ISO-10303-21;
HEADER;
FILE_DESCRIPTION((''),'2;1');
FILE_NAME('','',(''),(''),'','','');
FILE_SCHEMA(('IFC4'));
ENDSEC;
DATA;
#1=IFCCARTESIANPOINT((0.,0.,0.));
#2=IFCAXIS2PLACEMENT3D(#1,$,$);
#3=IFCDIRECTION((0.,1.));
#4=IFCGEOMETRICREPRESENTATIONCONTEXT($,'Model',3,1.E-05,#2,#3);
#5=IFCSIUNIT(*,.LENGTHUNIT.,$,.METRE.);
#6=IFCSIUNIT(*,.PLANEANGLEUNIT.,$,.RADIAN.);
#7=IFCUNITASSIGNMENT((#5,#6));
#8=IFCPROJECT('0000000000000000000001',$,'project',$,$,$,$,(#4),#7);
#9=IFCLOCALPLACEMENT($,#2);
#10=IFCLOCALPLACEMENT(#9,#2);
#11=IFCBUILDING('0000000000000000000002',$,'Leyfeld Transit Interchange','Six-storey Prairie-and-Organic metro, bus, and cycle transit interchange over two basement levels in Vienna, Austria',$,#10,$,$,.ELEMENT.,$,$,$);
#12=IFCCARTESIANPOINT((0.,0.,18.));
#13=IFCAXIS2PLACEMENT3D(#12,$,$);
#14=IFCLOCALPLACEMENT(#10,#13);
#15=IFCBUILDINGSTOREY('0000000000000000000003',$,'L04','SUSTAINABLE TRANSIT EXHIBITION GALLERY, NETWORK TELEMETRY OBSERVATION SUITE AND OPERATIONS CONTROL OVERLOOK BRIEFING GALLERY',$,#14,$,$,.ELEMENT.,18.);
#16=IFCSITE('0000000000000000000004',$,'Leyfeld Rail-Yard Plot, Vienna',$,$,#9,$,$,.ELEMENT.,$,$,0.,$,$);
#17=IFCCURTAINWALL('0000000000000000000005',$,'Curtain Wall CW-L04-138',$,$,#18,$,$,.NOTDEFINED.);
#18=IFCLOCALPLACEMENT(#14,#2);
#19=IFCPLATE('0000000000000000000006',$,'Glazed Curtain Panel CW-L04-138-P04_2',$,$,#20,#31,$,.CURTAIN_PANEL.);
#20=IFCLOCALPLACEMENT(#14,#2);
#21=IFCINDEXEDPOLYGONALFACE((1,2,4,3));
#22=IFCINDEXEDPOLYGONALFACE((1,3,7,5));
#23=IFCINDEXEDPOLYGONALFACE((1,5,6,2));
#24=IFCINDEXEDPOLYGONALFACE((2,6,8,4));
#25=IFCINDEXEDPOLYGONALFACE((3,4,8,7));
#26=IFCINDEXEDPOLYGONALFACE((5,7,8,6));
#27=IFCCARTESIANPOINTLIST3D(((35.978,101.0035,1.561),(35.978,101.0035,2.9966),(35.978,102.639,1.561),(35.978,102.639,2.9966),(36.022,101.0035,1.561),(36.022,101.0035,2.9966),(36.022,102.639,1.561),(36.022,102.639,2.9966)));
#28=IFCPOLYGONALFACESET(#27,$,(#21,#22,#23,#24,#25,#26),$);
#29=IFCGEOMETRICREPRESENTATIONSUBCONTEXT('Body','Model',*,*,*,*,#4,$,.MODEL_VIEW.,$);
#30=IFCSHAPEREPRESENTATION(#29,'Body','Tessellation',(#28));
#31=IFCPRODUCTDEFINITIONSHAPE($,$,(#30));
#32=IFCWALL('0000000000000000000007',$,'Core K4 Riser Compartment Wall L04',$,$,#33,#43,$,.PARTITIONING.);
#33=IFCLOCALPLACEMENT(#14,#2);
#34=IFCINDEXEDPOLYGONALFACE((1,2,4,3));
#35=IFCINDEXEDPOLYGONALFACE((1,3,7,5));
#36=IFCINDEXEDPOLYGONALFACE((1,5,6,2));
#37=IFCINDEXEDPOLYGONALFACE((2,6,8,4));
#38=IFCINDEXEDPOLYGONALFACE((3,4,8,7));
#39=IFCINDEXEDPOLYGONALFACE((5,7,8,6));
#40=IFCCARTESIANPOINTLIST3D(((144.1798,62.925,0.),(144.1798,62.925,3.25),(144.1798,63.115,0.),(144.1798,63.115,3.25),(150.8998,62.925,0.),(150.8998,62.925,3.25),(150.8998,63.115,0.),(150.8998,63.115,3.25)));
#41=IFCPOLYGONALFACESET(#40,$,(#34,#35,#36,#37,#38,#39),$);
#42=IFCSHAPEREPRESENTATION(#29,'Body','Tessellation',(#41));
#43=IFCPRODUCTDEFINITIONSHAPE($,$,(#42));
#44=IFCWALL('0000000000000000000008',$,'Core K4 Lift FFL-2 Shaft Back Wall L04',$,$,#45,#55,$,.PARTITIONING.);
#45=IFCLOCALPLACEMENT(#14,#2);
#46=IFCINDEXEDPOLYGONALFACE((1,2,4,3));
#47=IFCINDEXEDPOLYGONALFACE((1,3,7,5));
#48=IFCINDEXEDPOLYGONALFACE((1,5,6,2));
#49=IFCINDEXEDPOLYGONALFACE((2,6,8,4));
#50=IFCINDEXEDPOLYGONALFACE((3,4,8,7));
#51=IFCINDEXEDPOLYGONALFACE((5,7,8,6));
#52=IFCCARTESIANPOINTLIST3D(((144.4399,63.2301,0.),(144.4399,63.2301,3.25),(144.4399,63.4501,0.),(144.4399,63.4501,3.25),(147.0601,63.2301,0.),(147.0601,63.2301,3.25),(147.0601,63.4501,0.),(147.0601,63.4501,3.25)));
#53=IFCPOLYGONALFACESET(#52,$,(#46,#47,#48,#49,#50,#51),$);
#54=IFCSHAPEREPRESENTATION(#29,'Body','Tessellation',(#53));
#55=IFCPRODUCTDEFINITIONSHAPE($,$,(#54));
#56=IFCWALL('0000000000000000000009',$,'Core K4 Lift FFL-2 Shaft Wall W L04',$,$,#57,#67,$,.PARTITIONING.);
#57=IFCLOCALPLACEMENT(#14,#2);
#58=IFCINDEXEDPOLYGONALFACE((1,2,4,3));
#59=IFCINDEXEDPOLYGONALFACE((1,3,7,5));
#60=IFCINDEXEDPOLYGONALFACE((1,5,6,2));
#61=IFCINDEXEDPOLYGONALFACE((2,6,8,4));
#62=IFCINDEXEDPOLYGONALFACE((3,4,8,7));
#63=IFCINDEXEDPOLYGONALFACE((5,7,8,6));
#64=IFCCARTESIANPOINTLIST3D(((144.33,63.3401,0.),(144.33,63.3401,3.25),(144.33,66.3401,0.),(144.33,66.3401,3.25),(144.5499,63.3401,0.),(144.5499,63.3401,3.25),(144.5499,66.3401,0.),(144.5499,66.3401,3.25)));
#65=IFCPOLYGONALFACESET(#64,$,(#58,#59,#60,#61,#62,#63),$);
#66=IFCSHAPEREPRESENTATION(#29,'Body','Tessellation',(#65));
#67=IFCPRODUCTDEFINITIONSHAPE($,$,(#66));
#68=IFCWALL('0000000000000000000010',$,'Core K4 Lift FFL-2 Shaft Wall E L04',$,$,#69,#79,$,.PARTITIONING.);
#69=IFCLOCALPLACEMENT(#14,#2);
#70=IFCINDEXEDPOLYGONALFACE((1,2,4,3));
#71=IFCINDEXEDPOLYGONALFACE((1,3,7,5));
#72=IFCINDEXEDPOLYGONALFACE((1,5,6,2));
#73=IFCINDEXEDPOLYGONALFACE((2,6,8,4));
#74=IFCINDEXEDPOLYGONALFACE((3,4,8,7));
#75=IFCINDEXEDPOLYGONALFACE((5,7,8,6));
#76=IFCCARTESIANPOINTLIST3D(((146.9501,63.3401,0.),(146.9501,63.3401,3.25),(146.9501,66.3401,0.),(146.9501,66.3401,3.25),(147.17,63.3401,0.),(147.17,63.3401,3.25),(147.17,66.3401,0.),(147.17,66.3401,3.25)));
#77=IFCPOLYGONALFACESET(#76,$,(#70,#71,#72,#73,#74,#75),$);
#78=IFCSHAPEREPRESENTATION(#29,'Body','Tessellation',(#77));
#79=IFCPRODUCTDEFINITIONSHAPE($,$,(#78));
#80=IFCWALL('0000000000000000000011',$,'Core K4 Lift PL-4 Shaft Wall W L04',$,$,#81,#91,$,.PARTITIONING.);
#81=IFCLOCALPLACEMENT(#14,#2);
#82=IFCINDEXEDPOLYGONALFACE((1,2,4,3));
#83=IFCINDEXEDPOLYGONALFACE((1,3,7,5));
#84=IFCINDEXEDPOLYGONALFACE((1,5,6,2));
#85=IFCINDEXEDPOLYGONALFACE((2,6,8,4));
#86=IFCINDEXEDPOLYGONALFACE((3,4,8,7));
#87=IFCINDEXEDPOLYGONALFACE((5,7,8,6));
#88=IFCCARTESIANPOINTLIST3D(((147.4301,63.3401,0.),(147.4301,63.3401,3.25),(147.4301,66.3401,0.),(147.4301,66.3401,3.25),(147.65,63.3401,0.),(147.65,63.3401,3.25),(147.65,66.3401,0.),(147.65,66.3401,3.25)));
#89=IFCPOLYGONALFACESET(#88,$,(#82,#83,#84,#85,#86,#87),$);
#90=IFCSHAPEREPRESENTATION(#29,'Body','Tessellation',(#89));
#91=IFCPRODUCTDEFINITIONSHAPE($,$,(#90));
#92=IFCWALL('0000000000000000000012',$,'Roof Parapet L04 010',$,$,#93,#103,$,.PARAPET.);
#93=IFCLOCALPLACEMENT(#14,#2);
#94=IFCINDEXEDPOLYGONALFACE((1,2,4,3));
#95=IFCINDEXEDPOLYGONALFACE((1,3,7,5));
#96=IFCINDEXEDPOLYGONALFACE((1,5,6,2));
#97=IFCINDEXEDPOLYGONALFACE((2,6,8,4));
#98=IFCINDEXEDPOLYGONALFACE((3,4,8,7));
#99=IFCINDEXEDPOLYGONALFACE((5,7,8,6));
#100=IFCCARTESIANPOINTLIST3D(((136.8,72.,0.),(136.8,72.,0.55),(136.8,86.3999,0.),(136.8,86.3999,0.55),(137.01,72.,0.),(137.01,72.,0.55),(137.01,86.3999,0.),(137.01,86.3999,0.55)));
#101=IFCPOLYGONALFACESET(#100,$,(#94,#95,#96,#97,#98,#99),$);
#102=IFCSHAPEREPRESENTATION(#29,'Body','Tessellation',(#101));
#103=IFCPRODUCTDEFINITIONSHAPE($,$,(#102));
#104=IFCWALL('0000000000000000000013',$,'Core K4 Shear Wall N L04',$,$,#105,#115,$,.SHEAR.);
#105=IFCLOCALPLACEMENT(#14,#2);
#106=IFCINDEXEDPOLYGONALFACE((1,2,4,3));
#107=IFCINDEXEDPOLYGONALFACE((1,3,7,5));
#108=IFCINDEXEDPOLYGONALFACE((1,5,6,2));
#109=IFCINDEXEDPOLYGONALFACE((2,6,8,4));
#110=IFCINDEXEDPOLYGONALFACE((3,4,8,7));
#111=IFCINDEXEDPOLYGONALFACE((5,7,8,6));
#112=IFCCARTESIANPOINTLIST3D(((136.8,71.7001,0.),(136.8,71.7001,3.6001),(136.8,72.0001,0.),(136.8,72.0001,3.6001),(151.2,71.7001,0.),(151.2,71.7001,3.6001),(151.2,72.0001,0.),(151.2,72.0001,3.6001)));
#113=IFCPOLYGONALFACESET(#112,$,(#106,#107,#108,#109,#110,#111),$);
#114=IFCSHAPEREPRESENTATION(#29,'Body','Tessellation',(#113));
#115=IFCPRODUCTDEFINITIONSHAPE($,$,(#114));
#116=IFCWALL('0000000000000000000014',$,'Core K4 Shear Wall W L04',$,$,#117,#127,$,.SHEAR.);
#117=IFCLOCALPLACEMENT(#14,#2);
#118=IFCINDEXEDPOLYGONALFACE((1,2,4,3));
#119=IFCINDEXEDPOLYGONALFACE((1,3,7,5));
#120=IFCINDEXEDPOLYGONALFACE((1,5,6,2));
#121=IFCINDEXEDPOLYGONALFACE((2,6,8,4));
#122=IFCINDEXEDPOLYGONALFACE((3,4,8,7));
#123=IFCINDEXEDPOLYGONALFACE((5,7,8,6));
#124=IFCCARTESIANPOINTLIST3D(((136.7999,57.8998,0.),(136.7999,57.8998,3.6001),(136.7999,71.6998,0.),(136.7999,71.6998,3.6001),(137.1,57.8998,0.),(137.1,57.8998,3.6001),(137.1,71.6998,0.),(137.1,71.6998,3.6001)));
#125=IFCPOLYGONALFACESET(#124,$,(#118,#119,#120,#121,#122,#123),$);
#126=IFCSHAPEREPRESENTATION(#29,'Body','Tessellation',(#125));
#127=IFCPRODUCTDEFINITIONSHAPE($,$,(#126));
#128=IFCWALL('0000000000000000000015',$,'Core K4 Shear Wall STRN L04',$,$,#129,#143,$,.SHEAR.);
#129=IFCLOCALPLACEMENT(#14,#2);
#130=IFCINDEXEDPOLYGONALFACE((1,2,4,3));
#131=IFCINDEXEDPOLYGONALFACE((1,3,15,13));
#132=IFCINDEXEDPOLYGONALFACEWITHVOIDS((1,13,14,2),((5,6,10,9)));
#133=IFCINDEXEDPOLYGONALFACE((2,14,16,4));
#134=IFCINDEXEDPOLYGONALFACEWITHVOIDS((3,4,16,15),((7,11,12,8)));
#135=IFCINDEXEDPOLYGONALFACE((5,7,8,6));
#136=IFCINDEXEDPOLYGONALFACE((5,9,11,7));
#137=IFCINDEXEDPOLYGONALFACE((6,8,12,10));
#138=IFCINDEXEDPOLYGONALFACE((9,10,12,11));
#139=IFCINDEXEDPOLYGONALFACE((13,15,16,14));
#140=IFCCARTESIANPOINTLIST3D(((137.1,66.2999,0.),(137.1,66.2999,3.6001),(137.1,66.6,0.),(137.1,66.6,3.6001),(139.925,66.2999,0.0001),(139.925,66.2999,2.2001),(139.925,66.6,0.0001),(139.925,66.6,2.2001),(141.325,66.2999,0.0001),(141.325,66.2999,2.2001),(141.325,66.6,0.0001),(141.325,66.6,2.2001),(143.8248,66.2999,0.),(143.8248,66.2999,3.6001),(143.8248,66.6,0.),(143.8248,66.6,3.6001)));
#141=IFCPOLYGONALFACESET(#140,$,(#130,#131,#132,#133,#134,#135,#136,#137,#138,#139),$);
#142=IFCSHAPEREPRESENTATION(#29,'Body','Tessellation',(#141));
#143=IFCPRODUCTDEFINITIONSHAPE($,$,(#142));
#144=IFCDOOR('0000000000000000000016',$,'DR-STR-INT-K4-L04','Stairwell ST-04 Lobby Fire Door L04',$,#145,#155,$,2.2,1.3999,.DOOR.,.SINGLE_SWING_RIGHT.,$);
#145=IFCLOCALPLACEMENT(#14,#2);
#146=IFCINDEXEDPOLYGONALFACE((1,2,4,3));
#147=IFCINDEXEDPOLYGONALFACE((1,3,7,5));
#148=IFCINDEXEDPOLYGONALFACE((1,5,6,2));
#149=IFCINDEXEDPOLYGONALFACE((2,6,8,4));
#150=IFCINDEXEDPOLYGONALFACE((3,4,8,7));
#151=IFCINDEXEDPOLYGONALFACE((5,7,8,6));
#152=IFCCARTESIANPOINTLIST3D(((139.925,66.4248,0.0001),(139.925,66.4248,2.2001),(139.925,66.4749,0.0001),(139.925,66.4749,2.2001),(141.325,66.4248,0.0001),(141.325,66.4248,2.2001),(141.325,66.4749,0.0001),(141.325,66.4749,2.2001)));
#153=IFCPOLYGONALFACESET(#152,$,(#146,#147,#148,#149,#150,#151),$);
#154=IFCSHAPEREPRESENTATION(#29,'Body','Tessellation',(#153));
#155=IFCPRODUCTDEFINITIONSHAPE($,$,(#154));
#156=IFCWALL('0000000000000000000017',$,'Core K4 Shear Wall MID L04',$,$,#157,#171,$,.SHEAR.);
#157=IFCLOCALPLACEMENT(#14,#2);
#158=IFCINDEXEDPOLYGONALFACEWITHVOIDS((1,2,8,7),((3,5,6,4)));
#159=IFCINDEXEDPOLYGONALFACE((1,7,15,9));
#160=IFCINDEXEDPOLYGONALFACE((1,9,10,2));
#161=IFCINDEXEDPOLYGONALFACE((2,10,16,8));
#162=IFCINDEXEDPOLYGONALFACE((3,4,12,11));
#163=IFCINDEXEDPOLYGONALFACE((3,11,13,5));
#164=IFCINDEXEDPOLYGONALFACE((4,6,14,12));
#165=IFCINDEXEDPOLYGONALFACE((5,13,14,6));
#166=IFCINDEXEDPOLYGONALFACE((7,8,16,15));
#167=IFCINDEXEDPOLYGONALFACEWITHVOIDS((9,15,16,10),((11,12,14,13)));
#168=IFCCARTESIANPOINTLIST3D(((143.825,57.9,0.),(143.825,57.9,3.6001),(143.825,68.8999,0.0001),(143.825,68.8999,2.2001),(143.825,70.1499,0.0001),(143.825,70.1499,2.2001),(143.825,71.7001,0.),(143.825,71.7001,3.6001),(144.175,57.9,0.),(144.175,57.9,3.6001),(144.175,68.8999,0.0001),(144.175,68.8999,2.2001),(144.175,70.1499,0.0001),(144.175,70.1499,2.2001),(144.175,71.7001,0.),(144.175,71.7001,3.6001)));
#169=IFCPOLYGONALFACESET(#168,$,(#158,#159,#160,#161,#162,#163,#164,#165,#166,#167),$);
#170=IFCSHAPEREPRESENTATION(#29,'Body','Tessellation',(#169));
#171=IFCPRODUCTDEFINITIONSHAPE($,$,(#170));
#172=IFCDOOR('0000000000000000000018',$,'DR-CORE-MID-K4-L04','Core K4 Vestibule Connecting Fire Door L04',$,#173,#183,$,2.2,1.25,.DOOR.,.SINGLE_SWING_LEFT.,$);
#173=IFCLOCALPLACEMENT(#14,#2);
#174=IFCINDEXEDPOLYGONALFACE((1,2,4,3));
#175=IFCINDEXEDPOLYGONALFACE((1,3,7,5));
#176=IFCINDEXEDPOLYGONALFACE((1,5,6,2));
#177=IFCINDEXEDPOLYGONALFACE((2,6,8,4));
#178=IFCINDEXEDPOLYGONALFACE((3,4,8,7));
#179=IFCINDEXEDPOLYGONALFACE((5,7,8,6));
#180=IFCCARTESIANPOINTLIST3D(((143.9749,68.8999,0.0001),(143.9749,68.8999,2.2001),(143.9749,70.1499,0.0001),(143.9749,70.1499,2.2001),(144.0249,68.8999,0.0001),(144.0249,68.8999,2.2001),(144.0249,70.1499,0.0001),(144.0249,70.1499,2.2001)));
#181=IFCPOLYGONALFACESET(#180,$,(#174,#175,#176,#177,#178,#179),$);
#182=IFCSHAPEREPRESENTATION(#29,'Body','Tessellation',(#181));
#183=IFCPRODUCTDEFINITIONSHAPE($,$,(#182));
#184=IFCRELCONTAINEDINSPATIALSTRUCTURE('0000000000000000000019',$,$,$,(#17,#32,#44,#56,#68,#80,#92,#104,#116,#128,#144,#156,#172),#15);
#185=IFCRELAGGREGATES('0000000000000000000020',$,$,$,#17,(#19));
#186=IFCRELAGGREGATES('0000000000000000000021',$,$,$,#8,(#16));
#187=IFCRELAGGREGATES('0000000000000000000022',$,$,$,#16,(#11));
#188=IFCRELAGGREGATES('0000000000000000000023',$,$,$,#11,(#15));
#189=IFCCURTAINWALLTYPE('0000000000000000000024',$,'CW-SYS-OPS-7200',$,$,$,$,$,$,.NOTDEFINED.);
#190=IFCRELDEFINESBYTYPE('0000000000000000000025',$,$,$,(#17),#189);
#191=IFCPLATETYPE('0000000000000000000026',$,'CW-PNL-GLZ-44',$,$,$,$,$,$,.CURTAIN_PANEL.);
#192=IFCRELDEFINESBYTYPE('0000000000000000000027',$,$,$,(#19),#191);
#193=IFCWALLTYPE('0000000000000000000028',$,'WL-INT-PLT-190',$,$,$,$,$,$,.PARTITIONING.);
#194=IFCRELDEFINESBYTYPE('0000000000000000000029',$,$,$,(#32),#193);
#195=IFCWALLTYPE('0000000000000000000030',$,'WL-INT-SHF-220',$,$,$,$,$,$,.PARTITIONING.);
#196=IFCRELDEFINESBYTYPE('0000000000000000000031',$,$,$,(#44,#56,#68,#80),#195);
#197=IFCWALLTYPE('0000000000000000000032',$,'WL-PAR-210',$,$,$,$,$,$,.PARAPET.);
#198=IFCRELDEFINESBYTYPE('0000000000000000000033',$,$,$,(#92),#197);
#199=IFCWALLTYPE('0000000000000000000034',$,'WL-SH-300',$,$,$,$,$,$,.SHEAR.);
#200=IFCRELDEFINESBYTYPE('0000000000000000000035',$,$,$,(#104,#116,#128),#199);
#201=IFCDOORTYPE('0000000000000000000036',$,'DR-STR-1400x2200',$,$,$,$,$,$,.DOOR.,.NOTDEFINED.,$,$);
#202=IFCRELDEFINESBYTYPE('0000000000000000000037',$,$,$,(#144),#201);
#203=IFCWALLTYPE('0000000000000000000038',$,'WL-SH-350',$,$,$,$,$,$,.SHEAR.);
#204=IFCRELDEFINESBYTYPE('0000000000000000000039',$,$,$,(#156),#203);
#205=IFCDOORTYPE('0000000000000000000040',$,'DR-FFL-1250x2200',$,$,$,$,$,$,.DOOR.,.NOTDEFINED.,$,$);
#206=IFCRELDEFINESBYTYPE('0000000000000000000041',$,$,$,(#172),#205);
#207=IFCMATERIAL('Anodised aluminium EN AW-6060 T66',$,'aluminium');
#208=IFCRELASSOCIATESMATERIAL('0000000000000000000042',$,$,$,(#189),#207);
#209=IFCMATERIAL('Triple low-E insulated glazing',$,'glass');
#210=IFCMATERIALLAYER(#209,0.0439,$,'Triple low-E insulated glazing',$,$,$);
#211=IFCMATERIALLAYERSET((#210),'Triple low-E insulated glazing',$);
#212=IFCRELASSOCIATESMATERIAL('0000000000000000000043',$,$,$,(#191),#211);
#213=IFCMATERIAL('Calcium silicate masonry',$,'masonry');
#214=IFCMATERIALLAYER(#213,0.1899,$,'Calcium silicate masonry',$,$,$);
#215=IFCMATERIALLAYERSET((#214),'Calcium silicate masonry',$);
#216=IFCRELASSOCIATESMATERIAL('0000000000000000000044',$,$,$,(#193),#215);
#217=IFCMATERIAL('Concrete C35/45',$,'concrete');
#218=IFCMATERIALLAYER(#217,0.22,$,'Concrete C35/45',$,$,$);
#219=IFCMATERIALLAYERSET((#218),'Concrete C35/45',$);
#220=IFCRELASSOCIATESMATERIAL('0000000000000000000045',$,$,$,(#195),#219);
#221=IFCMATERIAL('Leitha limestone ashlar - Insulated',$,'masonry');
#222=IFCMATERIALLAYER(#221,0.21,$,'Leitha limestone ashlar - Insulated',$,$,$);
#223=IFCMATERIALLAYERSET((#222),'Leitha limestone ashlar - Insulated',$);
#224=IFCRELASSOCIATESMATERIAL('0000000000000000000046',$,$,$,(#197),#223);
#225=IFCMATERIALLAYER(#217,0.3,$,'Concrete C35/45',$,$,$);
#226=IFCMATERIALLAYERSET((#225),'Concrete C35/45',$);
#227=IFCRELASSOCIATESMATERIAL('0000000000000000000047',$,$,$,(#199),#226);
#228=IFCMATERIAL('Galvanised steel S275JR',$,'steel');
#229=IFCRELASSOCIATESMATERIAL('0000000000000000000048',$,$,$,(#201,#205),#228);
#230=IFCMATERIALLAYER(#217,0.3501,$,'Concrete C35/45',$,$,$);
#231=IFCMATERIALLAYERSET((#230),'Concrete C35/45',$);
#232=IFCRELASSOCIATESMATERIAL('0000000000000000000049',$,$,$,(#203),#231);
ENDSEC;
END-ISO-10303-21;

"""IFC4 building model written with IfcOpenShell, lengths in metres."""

from ifc_helpers import new_model, si_unit, direction, frame, frame_2d, origin, origin_2d, place, context, subcontext, project, spatial, rectangle, extrude, material, layer, layer_set, type_object, element, fill, aggregate, save


model = new_model("IFC4")

# Units and contexts
model_context = context("Model", 3, precision=1e-05, world=origin(), true_north=direction((0.0, 1.0)))
body_context = subcontext(model_context, "Body", "Model", "MODEL_VIEW")
ifc_project = project(units=[si_unit("LENGTHUNIT", "METRE"), si_unit("PLANEANGLEUNIT", "RADIAN")], contexts=[model_context])

# Site, building, storey
site_placement = place(None, origin())
site = spatial("IfcSite", under=ifc_project, at=site_placement, Name="Leyfeld Rail-Yard Plot, Vienna", CompositionType="ELEMENT", RefElevation=0.0)
building_placement = place(site_placement, origin())
building = spatial("IfcBuilding", under=site, at=building_placement, Name="Leyfeld Transit Interchange", Description="Six-storey Prairie-and-Organic metro, bus, and cycle transit interchange over two basement levels in Vienna, Austria", CompositionType="ELEMENT")
storey_placement = place(building_placement, frame((0.0, 0.0, 18.0)))
storey = spatial("IfcBuildingStorey", under=building, at=storey_placement, Name="L04", Description="SUSTAINABLE TRANSIT EXHIBITION GALLERY, NETWORK TELEMETRY OBSERVATION SUITE AND OPERATIONS CONTROL OVERLOOK BRIEFING GALLERY", CompositionType="ELEMENT", Elevation=18.0)

# Shared definitions
ifc_material_1 = material(Name="Concrete C35/45", Category="concrete")

# Curtain wall, plate
ifc_material_2 = material(Name="Anodised aluminium EN AW-6060 T66", Category="aluminium")
curtain_wall_type = type_object("IfcCurtainWallType", Name="CW-SYS-OPS-7200", PredefinedType="NOTDEFINED", material=ifc_material_2)
curtain_wall_placement = place(storey_placement, origin())
curtain_wall = element("IfcCurtainWall", 1, at=curtain_wall_placement, inside=storey, type_object=curtain_wall_type, Name="Curtain Wall CW-L04-138", PredefinedType="NOTDEFINED")
ifc_material_3 = material(Name="Triple low-E insulated glazing", Category="glass")
ifc_layer_1 = layer(ifc_material_3, 0.0439, Name="Triple low-E insulated glazing")
ifc_layer_set_1 = layer_set([ifc_layer_1], Name="Triple low-E insulated glazing")
plate_type = type_object("IfcPlateType", Name="CW-PNL-GLZ-44", PredefinedType="CURTAIN_PANEL", material=ifc_layer_set_1)
plate_placement = place(storey_placement, frame((36.0, 101.8213, 1.561), z_axis=(0.0, 0.0, 1.0), x_axis=(0.0, -1.0, 0.0)))
plate = element("IfcPlate", 2, at=plate_placement, type_object=plate_type, Name="Glazed Curtain Panel CW-L04-138-P04_2", PredefinedType="CURTAIN_PANEL", context=body_context, shape_type="SweptSolid", body=[
    extrude(rectangle(XDim=1.6355, YDim=0.0439, at=origin_2d()), origin(), (0.0, 0.0, 1.0), 1.4355),
])
aggregate(curtain_wall, [plate])

# Wall
ifc_material_4 = material(Name="Calcium silicate masonry", Category="masonry")
ifc_layer_2 = layer(ifc_material_4, 0.1899, Name="Calcium silicate masonry")
ifc_layer_set_2 = layer_set([ifc_layer_2], Name="Calcium silicate masonry")
wall_type_1 = type_object("IfcWallType", Name="WL-INT-PLT-190", PredefinedType="PARTITIONING", material=ifc_layer_set_2)
wall_1_placement = place(storey_placement, frame((144.1799, 63.02, 0.0), z_axis=(0.0, 0.0, 1.0), x_axis=(1.0, 0.0, 0.0)))
element("IfcWall", 3, at=wall_1_placement, inside=storey, type_object=wall_type_1, Name="Core K4 Riser Compartment Wall L04", PredefinedType="PARTITIONING", context=body_context, shape_type="SweptSolid", body=[
    extrude(rectangle(XDim=6.72, YDim=0.1899, at=frame_2d((3.3599, 0.0))), origin(), (0.0, 0.0, 1.0), 3.25),
])

# Shared definitions
ifc_layer_3 = layer(ifc_material_1, 0.22, Name="Concrete C35/45")
ifc_layer_set_3 = layer_set([ifc_layer_3], Name="Concrete C35/45")
wall_type_2 = type_object("IfcWallType", Name="WL-INT-SHF-220", PredefinedType="PARTITIONING", material=ifc_layer_set_3)

# Walls
wall_2_placement = place(storey_placement, frame((144.4399, 63.3401, 0.0), z_axis=(0.0, 0.0, 1.0), x_axis=(1.0, 0.0, 0.0)))
element("IfcWall", 4, at=wall_2_placement, inside=storey, type_object=wall_type_2, Name="Core K4 Lift FFL-2 Shaft Back Wall L04", PredefinedType="PARTITIONING", context=body_context, shape_type="SweptSolid", body=[
    extrude(rectangle(XDim=2.6201, YDim=0.22, at=frame_2d((1.3101, 0.0))), origin(), (0.0, 0.0, 1.0), 3.25),
])
for number, where, z_axis, x_axis, name in (
    (5, (144.4399, 63.3401, 0.0), (0.0, 0.0, 1.0), (0.0, 1.0, 0.0), "Core K4 Lift FFL-2 Shaft Wall W L04"),
    (6, (147.0601, 63.3401, 0.0), (0.0, 0.0, 1.0), (0.0, 1.0, 0.0), "Core K4 Lift FFL-2 Shaft Wall E L04"),
):
    element("IfcWall", number, at=place(storey_placement, frame(where, z_axis=z_axis, x_axis=x_axis)), inside=storey, type_object=wall_type_2, Name=name, PredefinedType="PARTITIONING", context=body_context, shape_type="SweptSolid", body=[
        extrude(rectangle(XDim=3.0, YDim=0.22, at=frame_2d((1.5, 0.0))), origin(), (0.0, 0.0, 1.0), 3.25),
    ])
wall_3_placement = place(storey_placement, frame((147.54, 63.3401, 0.0), z_axis=(0.0, 0.0, 1.0), x_axis=(0.0, 1.0, 0.0)))
element("IfcWall", 7, at=wall_3_placement, inside=storey, type_object=wall_type_2, Name="Core K4 Lift PL-4 Shaft Wall W L04", PredefinedType="PARTITIONING", context=body_context, shape_type="SweptSolid", body=[
    extrude(rectangle(XDim=3.0, YDim=0.22, at=frame_2d((1.5, 0.0))), origin(), (0.0, 0.0, 1.0), 3.25),
])
ifc_material_5 = material(Name="Leitha limestone ashlar - Insulated", Category="masonry")
ifc_layer_4 = layer(ifc_material_5, 0.21, Name="Leitha limestone ashlar - Insulated")
ifc_layer_set_4 = layer_set([ifc_layer_4], Name="Leitha limestone ashlar - Insulated")
wall_type_3 = type_object("IfcWallType", Name="WL-PAR-210", PredefinedType="PARAPET", material=ifc_layer_set_4)
wall_4_placement = place(storey_placement, frame((136.905, 86.3999, 0.0), z_axis=(0.0, 0.0, 1.0), x_axis=(0.0, -1.0, 0.0)))
element("IfcWall", 8, at=wall_4_placement, inside=storey, type_object=wall_type_3, Name="Roof Parapet L04 010", PredefinedType="PARAPET", context=body_context, shape_type="SweptSolid", body=[
    extrude(rectangle(XDim=14.3999, YDim=0.21, at=frame_2d((7.2, 0.0))), origin(), (0.0, 0.0, 1.0), 0.55),
])
ifc_layer_5 = layer(ifc_material_1, 0.3, Name="Concrete C35/45")
ifc_layer_set_5 = layer_set([ifc_layer_5], Name="Concrete C35/45")
wall_type_4 = type_object("IfcWallType", Name="WL-SH-300", PredefinedType="SHEAR", material=ifc_layer_set_5)
wall_5_placement = place(storey_placement, frame((136.8, 71.8501, 0.0), z_axis=(0.0, 0.0, 1.0), x_axis=(1.0, 0.0, 0.0)))
element("IfcWall", 9, at=wall_5_placement, inside=storey, type_object=wall_type_4, Name="Core K4 Shear Wall N L04", PredefinedType="SHEAR", context=body_context, shape_type="SweptSolid", body=[
    extrude(rectangle(XDim=14.3999, YDim=0.3, at=frame_2d((7.2, 0.0))), origin(), (0.0, 0.0, 1.0), 3.6001),
])
wall_6_placement = place(storey_placement, frame((136.95, 57.8999, 0.0), z_axis=(0.0, 0.0, 1.0), x_axis=(0.0, 1.0, 0.0)))
element("IfcWall", 10, at=wall_6_placement, inside=storey, type_object=wall_type_4, Name="Core K4 Shear Wall W L04", PredefinedType="SHEAR", context=body_context, shape_type="SweptSolid", body=[
    extrude(rectangle(XDim=13.8, YDim=0.3, at=frame_2d((6.8999, 0.0))), origin(), (0.0, 0.0, 1.0), 3.6001),
])

# Walls, openings, doors
wall_7_placement = place(storey_placement, frame((137.1001, 66.45, 0.0), z_axis=(0.0, 0.0, 1.0), x_axis=(1.0, 0.0, 0.0)))
wall_7 = element("IfcWall", 11, at=wall_7_placement, inside=storey, type_object=wall_type_4, Name="Core K4 Shear Wall STRN L04", PredefinedType="SHEAR", context=body_context, shape_type="SweptSolid", body=[
    extrude(rectangle(XDim=6.7249, YDim=0.3, at=frame_2d((3.3623, 0.0))), origin(), (0.0, 0.0, 1.0), 3.6001),
])
opening_1_placement = place(wall_7_placement, frame((2.825, 0.0, 0.0)))
opening_1 = element("IfcOpeningElement", 12, at=opening_1_placement, cuts=wall_7, PredefinedType="OPENING", context=body_context, shape_type="SweptSolid", body=[
    extrude(rectangle(XDim=1.3999, YDim=2.2, at=frame_2d((0.7, 1.1001))), frame((0.0, 0.1599, 0.0), z_axis=(0.0, -1.0, 0.0), x_axis=(1.0, 0.0, 0.0)), (0.0, 0.0, 1.0), 0.3201),
])
ifc_material_6 = material(Name="Galvanised steel S275JR", Category="steel")
door_type_1 = type_object("IfcDoorType", Name="DR-STR-1400x2200", OperationType="NOTDEFINED", PredefinedType="DOOR", material=ifc_material_6)
door_1_placement = place(opening_1_placement, origin())
door_1 = element("IfcDoor", 13, at=door_1_placement, inside=storey, type_object=door_type_1, Name="DR-STR-INT-K4-L04", Description="Stairwell ST-04 Lobby Fire Door L04", OperationType="SINGLE_SWING_RIGHT", OverallHeight=2.2, OverallWidth=1.3999, PredefinedType="DOOR", context=body_context, shape_type="SweptSolid", body=[
    extrude(rectangle(XDim=1.3999, YDim=2.2, at=frame_2d((0.7, 1.1001))), frame((0.0, 0.0249, 0.0), z_axis=(0.0, -1.0, 0.0), x_axis=(1.0, 0.0, 0.0)), (0.0, 0.0, 1.0), 0.05),
])
fill(opening_1, door_1)
ifc_layer_6 = layer(ifc_material_1, 0.3501, Name="Concrete C35/45")
ifc_layer_set_6 = layer_set([ifc_layer_6], Name="Concrete C35/45")
wall_type_5 = type_object("IfcWallType", Name="WL-SH-350", PredefinedType="SHEAR", material=ifc_layer_set_6)
wall_8_placement = place(storey_placement, frame((144.0, 71.7, 0.0), z_axis=(0.0, 0.0, 1.0), x_axis=(0.0, -1.0, 0.0)))
wall_8 = element("IfcWall", 14, at=wall_8_placement, inside=storey, type_object=wall_type_5, Name="Core K4 Shear Wall MID L04", PredefinedType="SHEAR", context=body_context, shape_type="SweptSolid", body=[
    extrude(rectangle(XDim=13.8, YDim=0.3501, at=frame_2d((6.8999, 0.0))), origin(), (0.0, 0.0, 1.0), 3.6001),
])
opening_2_placement = place(wall_8_placement, frame((1.55, 0.0, 0.0)))
opening_2 = element("IfcOpeningElement", 15, at=opening_2_placement, cuts=wall_8, PredefinedType="OPENING", context=body_context, shape_type="SweptSolid", body=[
    extrude(rectangle(XDim=1.25, YDim=2.2, at=frame_2d((0.625, 1.1001))), frame((0.0, 0.1851, 0.0), z_axis=(0.0, -1.0, 0.0), x_axis=(1.0, 0.0, 0.0)), (0.0, 0.0, 1.0), 0.3701),
])
door_type_2 = type_object("IfcDoorType", Name="DR-FFL-1250x2200", OperationType="NOTDEFINED", PredefinedType="DOOR", material=ifc_material_6)
door_2_placement = place(opening_2_placement, origin())
door_2 = element("IfcDoor", 16, at=door_2_placement, inside=storey, type_object=door_type_2, Name="DR-CORE-MID-K4-L04", Description="Core K4 Vestibule Connecting Fire Door L04", OperationType="SINGLE_SWING_LEFT", OverallHeight=2.2, OverallWidth=1.25, PredefinedType="DOOR", context=body_context, shape_type="SweptSolid", body=[
    extrude(rectangle(XDim=1.25, YDim=2.2, at=frame_2d((0.625, 1.1001))), frame((0.0, 0.0249, 0.0), z_axis=(0.0, -1.0, 0.0), x_axis=(1.0, 0.0, 0.0)), (0.0, 0.0, 1.0), 0.05),
])
fill(opening_2, door_2)

save(model, "model.ifc")
